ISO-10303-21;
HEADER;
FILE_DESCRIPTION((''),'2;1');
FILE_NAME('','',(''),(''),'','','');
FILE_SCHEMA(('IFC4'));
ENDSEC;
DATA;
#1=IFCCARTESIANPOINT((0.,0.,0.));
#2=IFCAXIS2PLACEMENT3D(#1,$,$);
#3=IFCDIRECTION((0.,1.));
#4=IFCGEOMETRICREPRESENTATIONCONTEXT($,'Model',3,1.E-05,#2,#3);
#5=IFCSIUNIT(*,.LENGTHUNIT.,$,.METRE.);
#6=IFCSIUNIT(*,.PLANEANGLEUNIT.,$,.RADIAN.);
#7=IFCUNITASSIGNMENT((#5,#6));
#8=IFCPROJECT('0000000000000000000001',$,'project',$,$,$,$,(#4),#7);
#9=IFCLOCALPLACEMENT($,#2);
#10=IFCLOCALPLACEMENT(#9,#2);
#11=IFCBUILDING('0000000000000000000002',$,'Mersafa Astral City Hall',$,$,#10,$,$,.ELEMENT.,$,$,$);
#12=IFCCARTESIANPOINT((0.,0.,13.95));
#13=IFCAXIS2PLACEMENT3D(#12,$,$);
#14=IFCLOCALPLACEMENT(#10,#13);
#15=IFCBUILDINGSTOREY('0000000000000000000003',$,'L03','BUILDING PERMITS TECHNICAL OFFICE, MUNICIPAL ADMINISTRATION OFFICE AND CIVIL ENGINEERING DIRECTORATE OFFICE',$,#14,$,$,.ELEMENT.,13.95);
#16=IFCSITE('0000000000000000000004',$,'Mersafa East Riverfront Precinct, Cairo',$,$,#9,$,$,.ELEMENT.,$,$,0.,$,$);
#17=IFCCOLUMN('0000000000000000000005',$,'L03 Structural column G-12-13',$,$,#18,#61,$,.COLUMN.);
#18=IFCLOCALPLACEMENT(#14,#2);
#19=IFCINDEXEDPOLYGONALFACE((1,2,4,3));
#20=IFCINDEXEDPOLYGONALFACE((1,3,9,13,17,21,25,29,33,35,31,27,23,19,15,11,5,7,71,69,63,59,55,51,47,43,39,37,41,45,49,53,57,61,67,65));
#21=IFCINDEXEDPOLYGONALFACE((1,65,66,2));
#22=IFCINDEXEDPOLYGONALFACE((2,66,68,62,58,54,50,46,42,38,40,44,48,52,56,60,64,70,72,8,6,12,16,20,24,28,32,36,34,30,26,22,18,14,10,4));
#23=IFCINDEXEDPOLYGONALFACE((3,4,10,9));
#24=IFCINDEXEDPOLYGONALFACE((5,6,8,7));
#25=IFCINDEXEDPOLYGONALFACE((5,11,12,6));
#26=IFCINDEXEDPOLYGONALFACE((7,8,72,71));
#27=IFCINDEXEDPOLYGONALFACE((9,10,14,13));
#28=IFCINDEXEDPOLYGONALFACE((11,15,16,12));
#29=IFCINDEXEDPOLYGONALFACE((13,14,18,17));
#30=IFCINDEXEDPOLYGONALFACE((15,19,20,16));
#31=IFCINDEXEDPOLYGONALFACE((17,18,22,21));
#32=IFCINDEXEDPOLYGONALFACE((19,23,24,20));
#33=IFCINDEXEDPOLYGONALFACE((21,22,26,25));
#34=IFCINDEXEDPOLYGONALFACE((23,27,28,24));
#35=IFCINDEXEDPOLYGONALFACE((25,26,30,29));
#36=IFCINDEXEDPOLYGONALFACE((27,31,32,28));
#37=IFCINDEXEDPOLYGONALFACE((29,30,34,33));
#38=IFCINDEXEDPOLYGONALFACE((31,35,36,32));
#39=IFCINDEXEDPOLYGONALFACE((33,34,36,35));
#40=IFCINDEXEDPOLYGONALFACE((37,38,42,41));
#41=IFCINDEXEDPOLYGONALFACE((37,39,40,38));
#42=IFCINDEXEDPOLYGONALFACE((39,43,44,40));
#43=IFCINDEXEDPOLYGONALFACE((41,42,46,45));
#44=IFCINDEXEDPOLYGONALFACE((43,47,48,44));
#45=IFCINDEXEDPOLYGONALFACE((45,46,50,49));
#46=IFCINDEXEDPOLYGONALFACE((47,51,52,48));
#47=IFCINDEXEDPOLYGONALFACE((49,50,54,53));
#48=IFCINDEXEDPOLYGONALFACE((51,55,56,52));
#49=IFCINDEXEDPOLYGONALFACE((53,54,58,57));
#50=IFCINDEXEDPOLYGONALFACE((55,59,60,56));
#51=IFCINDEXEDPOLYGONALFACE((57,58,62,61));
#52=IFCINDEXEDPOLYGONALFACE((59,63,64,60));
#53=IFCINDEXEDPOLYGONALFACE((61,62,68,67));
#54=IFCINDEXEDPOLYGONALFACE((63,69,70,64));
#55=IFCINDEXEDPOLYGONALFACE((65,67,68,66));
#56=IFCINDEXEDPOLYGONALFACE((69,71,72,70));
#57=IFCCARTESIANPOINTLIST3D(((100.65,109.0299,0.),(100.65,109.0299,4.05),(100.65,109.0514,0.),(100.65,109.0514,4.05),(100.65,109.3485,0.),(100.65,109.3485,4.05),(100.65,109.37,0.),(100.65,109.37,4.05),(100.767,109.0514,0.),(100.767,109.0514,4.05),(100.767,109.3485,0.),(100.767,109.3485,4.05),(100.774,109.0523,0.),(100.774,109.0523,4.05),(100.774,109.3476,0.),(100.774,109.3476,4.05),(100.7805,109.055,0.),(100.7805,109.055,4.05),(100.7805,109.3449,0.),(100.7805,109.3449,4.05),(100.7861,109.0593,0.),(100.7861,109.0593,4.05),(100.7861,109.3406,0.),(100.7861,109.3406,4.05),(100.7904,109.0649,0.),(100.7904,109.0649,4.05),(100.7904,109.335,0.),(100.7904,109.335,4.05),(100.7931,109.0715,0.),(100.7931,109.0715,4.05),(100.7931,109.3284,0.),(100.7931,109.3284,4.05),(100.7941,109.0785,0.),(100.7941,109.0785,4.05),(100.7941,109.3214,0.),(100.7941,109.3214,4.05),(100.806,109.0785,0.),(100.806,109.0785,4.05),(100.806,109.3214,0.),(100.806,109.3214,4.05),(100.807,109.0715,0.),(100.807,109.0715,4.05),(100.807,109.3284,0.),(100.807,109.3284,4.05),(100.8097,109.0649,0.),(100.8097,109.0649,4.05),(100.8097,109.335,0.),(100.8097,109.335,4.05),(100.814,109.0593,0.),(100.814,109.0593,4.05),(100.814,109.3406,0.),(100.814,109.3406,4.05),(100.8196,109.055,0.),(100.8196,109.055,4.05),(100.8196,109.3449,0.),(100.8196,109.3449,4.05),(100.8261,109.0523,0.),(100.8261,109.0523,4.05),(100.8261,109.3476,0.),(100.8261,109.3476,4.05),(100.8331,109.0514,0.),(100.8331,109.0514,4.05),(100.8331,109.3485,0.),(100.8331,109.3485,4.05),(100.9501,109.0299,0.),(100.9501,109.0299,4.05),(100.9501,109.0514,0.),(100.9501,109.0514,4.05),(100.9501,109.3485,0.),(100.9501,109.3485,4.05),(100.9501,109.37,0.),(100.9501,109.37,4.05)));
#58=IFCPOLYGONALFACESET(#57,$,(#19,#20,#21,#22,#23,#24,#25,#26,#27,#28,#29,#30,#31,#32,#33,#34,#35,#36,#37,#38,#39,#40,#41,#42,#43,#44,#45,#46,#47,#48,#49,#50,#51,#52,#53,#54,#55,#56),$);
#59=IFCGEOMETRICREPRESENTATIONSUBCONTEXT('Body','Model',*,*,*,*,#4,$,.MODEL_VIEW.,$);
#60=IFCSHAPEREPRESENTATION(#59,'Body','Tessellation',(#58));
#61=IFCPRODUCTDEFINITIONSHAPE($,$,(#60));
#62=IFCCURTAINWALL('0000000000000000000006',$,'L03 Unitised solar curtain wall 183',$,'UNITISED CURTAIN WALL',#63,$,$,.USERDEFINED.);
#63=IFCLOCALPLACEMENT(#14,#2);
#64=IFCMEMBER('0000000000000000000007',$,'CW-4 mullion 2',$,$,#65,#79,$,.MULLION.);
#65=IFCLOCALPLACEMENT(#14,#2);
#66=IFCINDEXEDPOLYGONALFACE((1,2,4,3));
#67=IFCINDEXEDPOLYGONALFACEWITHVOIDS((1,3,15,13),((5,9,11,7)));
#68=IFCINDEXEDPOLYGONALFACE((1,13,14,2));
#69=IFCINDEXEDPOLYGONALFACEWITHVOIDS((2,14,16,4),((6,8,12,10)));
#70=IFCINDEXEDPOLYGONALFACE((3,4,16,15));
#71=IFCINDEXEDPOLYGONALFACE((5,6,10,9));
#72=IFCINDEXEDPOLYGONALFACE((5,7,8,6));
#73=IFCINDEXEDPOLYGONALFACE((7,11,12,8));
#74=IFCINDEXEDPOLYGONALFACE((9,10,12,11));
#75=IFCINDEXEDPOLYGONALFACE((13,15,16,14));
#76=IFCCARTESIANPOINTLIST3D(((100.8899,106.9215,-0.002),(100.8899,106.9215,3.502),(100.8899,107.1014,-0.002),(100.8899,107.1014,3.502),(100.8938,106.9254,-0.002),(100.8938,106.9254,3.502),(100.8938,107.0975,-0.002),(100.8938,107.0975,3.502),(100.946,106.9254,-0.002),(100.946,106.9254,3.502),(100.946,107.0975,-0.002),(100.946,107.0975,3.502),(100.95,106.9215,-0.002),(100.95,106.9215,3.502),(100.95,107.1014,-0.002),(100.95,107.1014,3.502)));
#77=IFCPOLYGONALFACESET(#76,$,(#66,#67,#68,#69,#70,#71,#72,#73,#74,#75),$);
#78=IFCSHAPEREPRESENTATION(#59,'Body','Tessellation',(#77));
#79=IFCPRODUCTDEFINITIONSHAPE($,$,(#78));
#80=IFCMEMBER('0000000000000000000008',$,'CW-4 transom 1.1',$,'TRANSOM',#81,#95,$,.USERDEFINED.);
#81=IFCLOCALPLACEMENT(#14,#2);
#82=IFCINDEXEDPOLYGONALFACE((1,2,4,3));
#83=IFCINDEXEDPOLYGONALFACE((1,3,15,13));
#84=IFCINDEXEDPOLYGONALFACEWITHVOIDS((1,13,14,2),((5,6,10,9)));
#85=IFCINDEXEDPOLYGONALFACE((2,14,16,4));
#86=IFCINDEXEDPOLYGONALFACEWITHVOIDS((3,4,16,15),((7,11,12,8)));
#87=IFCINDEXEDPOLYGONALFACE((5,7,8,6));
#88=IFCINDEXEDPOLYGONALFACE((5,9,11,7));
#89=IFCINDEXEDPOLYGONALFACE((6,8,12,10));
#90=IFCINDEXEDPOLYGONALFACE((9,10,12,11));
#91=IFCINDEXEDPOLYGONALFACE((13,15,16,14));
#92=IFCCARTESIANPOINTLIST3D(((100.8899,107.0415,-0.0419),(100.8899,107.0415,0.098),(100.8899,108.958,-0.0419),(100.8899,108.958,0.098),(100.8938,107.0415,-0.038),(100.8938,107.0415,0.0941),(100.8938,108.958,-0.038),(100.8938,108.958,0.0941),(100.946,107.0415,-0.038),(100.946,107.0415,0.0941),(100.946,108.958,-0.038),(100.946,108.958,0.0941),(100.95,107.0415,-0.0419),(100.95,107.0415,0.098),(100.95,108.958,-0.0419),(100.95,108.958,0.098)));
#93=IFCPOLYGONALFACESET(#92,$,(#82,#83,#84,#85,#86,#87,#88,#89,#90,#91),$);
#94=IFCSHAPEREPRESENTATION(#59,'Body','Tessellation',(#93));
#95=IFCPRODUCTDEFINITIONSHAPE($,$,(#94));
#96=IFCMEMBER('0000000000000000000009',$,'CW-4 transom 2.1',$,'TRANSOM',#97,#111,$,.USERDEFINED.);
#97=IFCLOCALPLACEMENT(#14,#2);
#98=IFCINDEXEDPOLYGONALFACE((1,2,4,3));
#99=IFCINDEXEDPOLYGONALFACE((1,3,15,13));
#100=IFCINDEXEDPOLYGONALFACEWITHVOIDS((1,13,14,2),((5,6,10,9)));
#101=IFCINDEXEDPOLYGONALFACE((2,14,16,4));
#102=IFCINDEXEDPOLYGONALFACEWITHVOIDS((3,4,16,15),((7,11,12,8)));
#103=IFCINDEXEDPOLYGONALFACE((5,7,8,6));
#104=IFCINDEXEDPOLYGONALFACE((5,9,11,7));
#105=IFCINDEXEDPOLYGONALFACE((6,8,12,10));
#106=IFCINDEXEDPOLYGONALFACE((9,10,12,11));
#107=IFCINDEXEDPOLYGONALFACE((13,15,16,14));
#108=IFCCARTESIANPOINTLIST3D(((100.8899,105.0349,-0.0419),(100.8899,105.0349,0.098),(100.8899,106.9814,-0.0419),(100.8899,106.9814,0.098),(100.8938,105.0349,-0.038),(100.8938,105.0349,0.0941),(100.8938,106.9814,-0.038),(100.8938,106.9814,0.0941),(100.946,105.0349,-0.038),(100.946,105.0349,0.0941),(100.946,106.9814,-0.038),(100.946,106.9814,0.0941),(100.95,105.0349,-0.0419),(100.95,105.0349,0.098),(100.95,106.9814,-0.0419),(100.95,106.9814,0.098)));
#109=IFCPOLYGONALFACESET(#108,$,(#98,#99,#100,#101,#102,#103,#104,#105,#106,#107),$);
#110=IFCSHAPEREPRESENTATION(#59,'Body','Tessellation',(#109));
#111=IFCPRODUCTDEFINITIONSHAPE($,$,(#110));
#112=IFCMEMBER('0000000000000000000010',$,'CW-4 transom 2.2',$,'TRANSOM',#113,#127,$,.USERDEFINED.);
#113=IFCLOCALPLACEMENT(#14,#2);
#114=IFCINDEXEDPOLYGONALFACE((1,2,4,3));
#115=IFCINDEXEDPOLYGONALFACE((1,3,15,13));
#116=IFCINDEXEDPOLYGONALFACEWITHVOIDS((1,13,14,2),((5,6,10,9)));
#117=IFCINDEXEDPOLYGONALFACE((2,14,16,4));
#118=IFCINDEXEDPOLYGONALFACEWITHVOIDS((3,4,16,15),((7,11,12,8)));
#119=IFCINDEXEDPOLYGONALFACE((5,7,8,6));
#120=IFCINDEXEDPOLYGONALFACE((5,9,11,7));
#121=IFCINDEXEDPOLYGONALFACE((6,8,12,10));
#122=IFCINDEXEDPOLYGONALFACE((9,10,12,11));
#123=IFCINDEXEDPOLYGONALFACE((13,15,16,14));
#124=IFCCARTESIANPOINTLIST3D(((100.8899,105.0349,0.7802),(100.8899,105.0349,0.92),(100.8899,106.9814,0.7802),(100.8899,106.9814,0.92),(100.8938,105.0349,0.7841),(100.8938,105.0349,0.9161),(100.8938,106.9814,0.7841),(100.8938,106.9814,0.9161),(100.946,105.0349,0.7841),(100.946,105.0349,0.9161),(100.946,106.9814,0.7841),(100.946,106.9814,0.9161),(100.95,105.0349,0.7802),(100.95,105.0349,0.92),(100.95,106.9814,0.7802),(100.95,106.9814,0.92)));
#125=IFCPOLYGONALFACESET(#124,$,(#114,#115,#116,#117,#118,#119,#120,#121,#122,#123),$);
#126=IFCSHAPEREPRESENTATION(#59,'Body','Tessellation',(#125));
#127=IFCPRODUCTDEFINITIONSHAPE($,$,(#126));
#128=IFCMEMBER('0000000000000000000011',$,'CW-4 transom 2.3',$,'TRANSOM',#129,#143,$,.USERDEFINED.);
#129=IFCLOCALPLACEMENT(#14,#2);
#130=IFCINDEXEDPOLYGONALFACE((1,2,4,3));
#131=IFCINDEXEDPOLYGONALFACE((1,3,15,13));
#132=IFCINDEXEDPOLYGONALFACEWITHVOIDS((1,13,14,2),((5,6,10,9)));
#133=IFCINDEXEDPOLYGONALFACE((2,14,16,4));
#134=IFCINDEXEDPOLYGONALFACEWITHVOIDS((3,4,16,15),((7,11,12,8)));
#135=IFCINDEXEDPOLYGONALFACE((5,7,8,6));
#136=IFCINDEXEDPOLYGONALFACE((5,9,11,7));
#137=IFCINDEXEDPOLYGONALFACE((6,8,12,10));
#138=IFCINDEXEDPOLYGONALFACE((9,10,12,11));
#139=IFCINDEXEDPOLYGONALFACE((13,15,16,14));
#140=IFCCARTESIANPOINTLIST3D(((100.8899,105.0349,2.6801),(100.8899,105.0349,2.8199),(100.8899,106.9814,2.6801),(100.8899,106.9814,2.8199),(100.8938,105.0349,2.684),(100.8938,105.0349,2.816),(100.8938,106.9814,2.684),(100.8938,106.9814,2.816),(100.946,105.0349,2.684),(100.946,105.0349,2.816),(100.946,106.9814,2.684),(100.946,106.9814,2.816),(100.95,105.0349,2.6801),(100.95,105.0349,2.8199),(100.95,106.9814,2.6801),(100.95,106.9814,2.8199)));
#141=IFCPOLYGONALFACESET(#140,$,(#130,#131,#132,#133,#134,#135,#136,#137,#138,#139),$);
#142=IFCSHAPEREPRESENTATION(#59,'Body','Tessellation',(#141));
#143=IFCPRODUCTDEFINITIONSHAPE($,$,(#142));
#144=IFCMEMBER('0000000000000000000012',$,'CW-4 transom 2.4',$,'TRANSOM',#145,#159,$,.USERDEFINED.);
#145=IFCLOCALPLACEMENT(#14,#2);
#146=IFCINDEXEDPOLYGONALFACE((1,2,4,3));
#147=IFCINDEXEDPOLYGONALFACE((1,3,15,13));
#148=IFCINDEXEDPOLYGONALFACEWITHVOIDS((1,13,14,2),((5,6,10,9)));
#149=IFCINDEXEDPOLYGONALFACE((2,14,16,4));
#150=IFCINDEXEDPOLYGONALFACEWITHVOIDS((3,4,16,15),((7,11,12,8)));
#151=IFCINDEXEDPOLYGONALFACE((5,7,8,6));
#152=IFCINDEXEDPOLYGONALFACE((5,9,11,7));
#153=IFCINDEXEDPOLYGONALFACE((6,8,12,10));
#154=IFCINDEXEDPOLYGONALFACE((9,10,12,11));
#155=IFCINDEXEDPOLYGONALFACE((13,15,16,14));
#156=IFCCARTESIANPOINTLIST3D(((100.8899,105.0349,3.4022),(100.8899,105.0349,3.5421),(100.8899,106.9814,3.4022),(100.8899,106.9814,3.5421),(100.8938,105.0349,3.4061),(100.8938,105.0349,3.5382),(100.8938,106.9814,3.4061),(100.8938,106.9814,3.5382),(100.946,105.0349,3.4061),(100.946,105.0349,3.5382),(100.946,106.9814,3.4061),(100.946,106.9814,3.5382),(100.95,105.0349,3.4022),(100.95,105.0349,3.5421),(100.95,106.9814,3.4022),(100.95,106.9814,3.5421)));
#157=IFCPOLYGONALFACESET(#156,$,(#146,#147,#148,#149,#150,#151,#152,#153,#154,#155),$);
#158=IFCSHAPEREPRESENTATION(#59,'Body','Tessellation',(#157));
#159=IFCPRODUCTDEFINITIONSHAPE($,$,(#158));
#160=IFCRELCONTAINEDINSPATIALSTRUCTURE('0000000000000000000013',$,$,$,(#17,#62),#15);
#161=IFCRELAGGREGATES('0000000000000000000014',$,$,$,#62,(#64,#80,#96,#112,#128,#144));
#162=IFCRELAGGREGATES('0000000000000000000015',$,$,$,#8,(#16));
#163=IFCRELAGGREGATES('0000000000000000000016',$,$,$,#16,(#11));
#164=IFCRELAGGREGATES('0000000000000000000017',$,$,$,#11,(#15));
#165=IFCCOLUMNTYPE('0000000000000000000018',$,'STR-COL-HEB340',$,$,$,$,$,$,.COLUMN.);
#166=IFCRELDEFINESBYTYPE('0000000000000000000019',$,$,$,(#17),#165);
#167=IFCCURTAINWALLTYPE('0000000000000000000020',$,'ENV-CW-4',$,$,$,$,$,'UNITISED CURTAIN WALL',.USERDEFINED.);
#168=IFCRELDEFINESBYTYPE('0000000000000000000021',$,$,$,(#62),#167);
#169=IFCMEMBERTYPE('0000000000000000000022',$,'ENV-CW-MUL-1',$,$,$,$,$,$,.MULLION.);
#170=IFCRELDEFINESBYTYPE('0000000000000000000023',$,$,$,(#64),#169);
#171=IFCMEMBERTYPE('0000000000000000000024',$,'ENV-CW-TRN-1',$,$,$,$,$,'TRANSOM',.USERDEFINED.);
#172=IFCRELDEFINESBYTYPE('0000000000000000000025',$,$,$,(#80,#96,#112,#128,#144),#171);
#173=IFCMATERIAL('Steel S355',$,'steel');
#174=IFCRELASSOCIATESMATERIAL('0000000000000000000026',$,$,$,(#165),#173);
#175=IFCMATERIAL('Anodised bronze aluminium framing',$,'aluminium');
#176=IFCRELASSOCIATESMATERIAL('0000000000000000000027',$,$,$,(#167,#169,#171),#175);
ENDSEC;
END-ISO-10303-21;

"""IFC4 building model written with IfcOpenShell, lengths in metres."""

from ifc_helpers import new_model, si_unit, direction, frame, origin, origin_2d, place, context, subcontext, project, spatial, hollow_rectangle, i_section, extrude, material, material_profile, profile_set, type_object, element, aggregate, save


model = new_model("IFC4")

# Units and contexts
model_context = context("Model", 3, precision=1e-05, world=origin(), true_north=direction((0.0, 1.0)))
body_context = subcontext(model_context, "Body", "Model", "MODEL_VIEW")
ifc_project = project(units=[si_unit("LENGTHUNIT", "METRE"), si_unit("PLANEANGLEUNIT", "RADIAN")], contexts=[model_context])

# Site, building, storey
site_placement = place(None, origin())
site = spatial("IfcSite", under=ifc_project, at=site_placement, Name="Mersafa East Riverfront Precinct, Cairo", CompositionType="ELEMENT", RefElevation=0.0)
building_placement = place(site_placement, origin())
building = spatial("IfcBuilding", under=site, at=building_placement, Name="Mersafa Astral City Hall", CompositionType="ELEMENT")
storey_placement = place(building_placement, frame((0.0, 0.0, 13.95)))
storey = spatial("IfcBuildingStorey", under=building, at=storey_placement, Name="L03", Description="BUILDING PERMITS TECHNICAL OFFICE, MUNICIPAL ADMINISTRATION OFFICE AND CIVIL ENGINEERING DIRECTORATE OFFICE", CompositionType="ELEMENT", Elevation=13.95)

# Column
ifc_material_1 = material(Name="Steel S355", Category="steel")
ifc_material_profile_1 = material_profile(ifc_material_1, i_section(OverallWidth=0.3, OverallDepth=0.3401, WebThickness=0.012, FlangeThickness=0.0215, FilletRadius=0.0271, at=origin_2d()), Name="HEB 340")
ifc_profile_set_1 = profile_set([ifc_material_profile_1], Name="Steel S355")
column_type = type_object("IfcColumnType", Name="STR-COL-HEB340", PredefinedType="COLUMN", material=ifc_profile_set_1)
column_placement = place(storey_placement, frame((100.8, 109.2, 0.0), z_axis=(0.0, 0.0, 1.0), x_axis=(1.0, 0.0, 0.0)))
element("IfcColumn", 1, at=column_placement, inside=storey, type_object=column_type, Name="L03 Structural column G-12-13", PredefinedType="COLUMN", context=body_context, shape_type="SweptSolid", body=[
    extrude(i_section(OverallWidth=0.3, OverallDepth=0.3401, WebThickness=0.012, FlangeThickness=0.0215, FilletRadius=0.0271, at=origin_2d()), origin(), (0.0, 0.0, 1.0), 4.05),
])

# Curtain wall, members
ifc_material_2 = material(Name="Anodised bronze aluminium framing", Category="aluminium")
curtain_wall_type = type_object("IfcCurtainWallType", Name="ENV-CW-4", ElementType="UNITISED CURTAIN WALL", PredefinedType="USERDEFINED", material=ifc_material_2)
curtain_wall_placement = place(storey_placement, origin())
curtain_wall = element("IfcCurtainWall", 2, at=curtain_wall_placement, inside=storey, type_object=curtain_wall_type, Name="L03 Unitised solar curtain wall 183", ObjectType="UNITISED CURTAIN WALL", PredefinedType="USERDEFINED")
ifc_material_profile_2 = material_profile(ifc_material_2, hollow_rectangle(XDim=0.0601, YDim=0.1799, WallThickness=0.0039, at=origin_2d()), Name="RHS 60x180x4")
ifc_profile_set_2 = profile_set([ifc_material_profile_2], Name="Anodised bronze aluminium framing")
member_type_1 = type_object("IfcMemberType", Name="ENV-CW-MUL-1", PredefinedType="MULLION", material=ifc_profile_set_2)
member_1_placement = place(storey_placement, frame((100.9199, 107.0115, -0.002), z_axis=(0.0, 0.0, 1.0), x_axis=(1.0, 0.0, 0.0)))
member_1 = element("IfcMember", 3, at=member_1_placement, type_object=member_type_1, Name="CW-4 mullion 2", PredefinedType="MULLION", context=body_context, shape_type="SweptSolid", body=[
    extrude(hollow_rectangle(XDim=0.0601, YDim=0.1799, WallThickness=0.0039, at=origin_2d()), origin(), (0.0, 0.0, 1.0), 3.5039),
])
ifc_material_profile_3 = material_profile(ifc_material_2, hollow_rectangle(XDim=0.0601, YDim=0.1399, WallThickness=0.0039, at=origin_2d()), Name="RHS 60x140x4")
ifc_profile_set_3 = profile_set([ifc_material_profile_3], Name="Anodised bronze aluminium framing")
member_type_2 = type_object("IfcMemberType", Name="ENV-CW-TRN-1", ElementType="TRANSOM", PredefinedType="USERDEFINED", material=ifc_profile_set_3)
member_2_placement = place(storey_placement, frame((100.9199, 108.958, 0.0281), z_axis=(0.0, -1.0, 0.0), x_axis=(1.0, 0.0, 0.0)))
member_2 = element("IfcMember", 4, at=member_2_placement, type_object=member_type_2, Name="CW-4 transom 1.1", ObjectType="TRANSOM", PredefinedType="USERDEFINED", context=body_context, shape_type="SweptSolid", body=[
    extrude(hollow_rectangle(XDim=0.0601, YDim=0.1399, WallThickness=0.0039, at=origin_2d()), origin(), (0.0, 0.0, 1.0), 1.9165),
])
member_3_placement = place(storey_placement, frame((100.9199, 106.9814, 0.0281), z_axis=(0.0, -1.0, 0.0), x_axis=(1.0, 0.0, 0.0)))
member_3 = element("IfcMember", 5, at=member_3_placement, type_object=member_type_2, Name="CW-4 transom 2.1", ObjectType="TRANSOM", PredefinedType="USERDEFINED", context=body_context, shape_type="SweptSolid", body=[
    extrude(hollow_rectangle(XDim=0.0601, YDim=0.1399, WallThickness=0.0039, at=origin_2d()), origin(), (0.0, 0.0, 1.0), 1.9465),
])
member_4_placement = place(storey_placement, frame((100.9199, 106.9814, 0.8501), z_axis=(0.0, -1.0, 0.0), x_axis=(1.0, 0.0, 0.0)))
member_4 = element("IfcMember", 6, at=member_4_placement, type_object=member_type_2, Name="CW-4 transom 2.2", ObjectType="TRANSOM", PredefinedType="USERDEFINED", context=body_context, shape_type="SweptSolid", body=[
    extrude(hollow_rectangle(XDim=0.0601, YDim=0.1399, WallThickness=0.0039, at=origin_2d()), origin(), (0.0, 0.0, 1.0), 1.9465),
])
member_5_placement = place(storey_placement, frame((100.9199, 106.9814, 2.75), z_axis=(0.0, -1.0, 0.0), x_axis=(1.0, 0.0, 0.0)))
member_5 = element("IfcMember", 7, at=member_5_placement, type_object=member_type_2, Name="CW-4 transom 2.3", ObjectType="TRANSOM", PredefinedType="USERDEFINED", context=body_context, shape_type="SweptSolid", body=[
    extrude(hollow_rectangle(XDim=0.0601, YDim=0.1399, WallThickness=0.0039, at=origin_2d()), origin(), (0.0, 0.0, 1.0), 1.9465),
])
member_6_placement = place(storey_placement, frame((100.9199, 106.9814, 3.4722), z_axis=(0.0, -1.0, 0.0), x_axis=(1.0, 0.0, 0.0)))
member_6 = element("IfcMember", 8, at=member_6_placement, type_object=member_type_2, Name="CW-4 transom 2.4", ObjectType="TRANSOM", PredefinedType="USERDEFINED", context=body_context, shape_type="SweptSolid", body=[
    extrude(hollow_rectangle(XDim=0.0601, YDim=0.1399, WallThickness=0.0039, at=origin_2d()), origin(), (0.0, 0.0, 1.0), 1.9465),
])

aggregate(curtain_wall, [member_1, member_2, member_3, member_4, member_5, member_6])

save(model, "model.ifc")
